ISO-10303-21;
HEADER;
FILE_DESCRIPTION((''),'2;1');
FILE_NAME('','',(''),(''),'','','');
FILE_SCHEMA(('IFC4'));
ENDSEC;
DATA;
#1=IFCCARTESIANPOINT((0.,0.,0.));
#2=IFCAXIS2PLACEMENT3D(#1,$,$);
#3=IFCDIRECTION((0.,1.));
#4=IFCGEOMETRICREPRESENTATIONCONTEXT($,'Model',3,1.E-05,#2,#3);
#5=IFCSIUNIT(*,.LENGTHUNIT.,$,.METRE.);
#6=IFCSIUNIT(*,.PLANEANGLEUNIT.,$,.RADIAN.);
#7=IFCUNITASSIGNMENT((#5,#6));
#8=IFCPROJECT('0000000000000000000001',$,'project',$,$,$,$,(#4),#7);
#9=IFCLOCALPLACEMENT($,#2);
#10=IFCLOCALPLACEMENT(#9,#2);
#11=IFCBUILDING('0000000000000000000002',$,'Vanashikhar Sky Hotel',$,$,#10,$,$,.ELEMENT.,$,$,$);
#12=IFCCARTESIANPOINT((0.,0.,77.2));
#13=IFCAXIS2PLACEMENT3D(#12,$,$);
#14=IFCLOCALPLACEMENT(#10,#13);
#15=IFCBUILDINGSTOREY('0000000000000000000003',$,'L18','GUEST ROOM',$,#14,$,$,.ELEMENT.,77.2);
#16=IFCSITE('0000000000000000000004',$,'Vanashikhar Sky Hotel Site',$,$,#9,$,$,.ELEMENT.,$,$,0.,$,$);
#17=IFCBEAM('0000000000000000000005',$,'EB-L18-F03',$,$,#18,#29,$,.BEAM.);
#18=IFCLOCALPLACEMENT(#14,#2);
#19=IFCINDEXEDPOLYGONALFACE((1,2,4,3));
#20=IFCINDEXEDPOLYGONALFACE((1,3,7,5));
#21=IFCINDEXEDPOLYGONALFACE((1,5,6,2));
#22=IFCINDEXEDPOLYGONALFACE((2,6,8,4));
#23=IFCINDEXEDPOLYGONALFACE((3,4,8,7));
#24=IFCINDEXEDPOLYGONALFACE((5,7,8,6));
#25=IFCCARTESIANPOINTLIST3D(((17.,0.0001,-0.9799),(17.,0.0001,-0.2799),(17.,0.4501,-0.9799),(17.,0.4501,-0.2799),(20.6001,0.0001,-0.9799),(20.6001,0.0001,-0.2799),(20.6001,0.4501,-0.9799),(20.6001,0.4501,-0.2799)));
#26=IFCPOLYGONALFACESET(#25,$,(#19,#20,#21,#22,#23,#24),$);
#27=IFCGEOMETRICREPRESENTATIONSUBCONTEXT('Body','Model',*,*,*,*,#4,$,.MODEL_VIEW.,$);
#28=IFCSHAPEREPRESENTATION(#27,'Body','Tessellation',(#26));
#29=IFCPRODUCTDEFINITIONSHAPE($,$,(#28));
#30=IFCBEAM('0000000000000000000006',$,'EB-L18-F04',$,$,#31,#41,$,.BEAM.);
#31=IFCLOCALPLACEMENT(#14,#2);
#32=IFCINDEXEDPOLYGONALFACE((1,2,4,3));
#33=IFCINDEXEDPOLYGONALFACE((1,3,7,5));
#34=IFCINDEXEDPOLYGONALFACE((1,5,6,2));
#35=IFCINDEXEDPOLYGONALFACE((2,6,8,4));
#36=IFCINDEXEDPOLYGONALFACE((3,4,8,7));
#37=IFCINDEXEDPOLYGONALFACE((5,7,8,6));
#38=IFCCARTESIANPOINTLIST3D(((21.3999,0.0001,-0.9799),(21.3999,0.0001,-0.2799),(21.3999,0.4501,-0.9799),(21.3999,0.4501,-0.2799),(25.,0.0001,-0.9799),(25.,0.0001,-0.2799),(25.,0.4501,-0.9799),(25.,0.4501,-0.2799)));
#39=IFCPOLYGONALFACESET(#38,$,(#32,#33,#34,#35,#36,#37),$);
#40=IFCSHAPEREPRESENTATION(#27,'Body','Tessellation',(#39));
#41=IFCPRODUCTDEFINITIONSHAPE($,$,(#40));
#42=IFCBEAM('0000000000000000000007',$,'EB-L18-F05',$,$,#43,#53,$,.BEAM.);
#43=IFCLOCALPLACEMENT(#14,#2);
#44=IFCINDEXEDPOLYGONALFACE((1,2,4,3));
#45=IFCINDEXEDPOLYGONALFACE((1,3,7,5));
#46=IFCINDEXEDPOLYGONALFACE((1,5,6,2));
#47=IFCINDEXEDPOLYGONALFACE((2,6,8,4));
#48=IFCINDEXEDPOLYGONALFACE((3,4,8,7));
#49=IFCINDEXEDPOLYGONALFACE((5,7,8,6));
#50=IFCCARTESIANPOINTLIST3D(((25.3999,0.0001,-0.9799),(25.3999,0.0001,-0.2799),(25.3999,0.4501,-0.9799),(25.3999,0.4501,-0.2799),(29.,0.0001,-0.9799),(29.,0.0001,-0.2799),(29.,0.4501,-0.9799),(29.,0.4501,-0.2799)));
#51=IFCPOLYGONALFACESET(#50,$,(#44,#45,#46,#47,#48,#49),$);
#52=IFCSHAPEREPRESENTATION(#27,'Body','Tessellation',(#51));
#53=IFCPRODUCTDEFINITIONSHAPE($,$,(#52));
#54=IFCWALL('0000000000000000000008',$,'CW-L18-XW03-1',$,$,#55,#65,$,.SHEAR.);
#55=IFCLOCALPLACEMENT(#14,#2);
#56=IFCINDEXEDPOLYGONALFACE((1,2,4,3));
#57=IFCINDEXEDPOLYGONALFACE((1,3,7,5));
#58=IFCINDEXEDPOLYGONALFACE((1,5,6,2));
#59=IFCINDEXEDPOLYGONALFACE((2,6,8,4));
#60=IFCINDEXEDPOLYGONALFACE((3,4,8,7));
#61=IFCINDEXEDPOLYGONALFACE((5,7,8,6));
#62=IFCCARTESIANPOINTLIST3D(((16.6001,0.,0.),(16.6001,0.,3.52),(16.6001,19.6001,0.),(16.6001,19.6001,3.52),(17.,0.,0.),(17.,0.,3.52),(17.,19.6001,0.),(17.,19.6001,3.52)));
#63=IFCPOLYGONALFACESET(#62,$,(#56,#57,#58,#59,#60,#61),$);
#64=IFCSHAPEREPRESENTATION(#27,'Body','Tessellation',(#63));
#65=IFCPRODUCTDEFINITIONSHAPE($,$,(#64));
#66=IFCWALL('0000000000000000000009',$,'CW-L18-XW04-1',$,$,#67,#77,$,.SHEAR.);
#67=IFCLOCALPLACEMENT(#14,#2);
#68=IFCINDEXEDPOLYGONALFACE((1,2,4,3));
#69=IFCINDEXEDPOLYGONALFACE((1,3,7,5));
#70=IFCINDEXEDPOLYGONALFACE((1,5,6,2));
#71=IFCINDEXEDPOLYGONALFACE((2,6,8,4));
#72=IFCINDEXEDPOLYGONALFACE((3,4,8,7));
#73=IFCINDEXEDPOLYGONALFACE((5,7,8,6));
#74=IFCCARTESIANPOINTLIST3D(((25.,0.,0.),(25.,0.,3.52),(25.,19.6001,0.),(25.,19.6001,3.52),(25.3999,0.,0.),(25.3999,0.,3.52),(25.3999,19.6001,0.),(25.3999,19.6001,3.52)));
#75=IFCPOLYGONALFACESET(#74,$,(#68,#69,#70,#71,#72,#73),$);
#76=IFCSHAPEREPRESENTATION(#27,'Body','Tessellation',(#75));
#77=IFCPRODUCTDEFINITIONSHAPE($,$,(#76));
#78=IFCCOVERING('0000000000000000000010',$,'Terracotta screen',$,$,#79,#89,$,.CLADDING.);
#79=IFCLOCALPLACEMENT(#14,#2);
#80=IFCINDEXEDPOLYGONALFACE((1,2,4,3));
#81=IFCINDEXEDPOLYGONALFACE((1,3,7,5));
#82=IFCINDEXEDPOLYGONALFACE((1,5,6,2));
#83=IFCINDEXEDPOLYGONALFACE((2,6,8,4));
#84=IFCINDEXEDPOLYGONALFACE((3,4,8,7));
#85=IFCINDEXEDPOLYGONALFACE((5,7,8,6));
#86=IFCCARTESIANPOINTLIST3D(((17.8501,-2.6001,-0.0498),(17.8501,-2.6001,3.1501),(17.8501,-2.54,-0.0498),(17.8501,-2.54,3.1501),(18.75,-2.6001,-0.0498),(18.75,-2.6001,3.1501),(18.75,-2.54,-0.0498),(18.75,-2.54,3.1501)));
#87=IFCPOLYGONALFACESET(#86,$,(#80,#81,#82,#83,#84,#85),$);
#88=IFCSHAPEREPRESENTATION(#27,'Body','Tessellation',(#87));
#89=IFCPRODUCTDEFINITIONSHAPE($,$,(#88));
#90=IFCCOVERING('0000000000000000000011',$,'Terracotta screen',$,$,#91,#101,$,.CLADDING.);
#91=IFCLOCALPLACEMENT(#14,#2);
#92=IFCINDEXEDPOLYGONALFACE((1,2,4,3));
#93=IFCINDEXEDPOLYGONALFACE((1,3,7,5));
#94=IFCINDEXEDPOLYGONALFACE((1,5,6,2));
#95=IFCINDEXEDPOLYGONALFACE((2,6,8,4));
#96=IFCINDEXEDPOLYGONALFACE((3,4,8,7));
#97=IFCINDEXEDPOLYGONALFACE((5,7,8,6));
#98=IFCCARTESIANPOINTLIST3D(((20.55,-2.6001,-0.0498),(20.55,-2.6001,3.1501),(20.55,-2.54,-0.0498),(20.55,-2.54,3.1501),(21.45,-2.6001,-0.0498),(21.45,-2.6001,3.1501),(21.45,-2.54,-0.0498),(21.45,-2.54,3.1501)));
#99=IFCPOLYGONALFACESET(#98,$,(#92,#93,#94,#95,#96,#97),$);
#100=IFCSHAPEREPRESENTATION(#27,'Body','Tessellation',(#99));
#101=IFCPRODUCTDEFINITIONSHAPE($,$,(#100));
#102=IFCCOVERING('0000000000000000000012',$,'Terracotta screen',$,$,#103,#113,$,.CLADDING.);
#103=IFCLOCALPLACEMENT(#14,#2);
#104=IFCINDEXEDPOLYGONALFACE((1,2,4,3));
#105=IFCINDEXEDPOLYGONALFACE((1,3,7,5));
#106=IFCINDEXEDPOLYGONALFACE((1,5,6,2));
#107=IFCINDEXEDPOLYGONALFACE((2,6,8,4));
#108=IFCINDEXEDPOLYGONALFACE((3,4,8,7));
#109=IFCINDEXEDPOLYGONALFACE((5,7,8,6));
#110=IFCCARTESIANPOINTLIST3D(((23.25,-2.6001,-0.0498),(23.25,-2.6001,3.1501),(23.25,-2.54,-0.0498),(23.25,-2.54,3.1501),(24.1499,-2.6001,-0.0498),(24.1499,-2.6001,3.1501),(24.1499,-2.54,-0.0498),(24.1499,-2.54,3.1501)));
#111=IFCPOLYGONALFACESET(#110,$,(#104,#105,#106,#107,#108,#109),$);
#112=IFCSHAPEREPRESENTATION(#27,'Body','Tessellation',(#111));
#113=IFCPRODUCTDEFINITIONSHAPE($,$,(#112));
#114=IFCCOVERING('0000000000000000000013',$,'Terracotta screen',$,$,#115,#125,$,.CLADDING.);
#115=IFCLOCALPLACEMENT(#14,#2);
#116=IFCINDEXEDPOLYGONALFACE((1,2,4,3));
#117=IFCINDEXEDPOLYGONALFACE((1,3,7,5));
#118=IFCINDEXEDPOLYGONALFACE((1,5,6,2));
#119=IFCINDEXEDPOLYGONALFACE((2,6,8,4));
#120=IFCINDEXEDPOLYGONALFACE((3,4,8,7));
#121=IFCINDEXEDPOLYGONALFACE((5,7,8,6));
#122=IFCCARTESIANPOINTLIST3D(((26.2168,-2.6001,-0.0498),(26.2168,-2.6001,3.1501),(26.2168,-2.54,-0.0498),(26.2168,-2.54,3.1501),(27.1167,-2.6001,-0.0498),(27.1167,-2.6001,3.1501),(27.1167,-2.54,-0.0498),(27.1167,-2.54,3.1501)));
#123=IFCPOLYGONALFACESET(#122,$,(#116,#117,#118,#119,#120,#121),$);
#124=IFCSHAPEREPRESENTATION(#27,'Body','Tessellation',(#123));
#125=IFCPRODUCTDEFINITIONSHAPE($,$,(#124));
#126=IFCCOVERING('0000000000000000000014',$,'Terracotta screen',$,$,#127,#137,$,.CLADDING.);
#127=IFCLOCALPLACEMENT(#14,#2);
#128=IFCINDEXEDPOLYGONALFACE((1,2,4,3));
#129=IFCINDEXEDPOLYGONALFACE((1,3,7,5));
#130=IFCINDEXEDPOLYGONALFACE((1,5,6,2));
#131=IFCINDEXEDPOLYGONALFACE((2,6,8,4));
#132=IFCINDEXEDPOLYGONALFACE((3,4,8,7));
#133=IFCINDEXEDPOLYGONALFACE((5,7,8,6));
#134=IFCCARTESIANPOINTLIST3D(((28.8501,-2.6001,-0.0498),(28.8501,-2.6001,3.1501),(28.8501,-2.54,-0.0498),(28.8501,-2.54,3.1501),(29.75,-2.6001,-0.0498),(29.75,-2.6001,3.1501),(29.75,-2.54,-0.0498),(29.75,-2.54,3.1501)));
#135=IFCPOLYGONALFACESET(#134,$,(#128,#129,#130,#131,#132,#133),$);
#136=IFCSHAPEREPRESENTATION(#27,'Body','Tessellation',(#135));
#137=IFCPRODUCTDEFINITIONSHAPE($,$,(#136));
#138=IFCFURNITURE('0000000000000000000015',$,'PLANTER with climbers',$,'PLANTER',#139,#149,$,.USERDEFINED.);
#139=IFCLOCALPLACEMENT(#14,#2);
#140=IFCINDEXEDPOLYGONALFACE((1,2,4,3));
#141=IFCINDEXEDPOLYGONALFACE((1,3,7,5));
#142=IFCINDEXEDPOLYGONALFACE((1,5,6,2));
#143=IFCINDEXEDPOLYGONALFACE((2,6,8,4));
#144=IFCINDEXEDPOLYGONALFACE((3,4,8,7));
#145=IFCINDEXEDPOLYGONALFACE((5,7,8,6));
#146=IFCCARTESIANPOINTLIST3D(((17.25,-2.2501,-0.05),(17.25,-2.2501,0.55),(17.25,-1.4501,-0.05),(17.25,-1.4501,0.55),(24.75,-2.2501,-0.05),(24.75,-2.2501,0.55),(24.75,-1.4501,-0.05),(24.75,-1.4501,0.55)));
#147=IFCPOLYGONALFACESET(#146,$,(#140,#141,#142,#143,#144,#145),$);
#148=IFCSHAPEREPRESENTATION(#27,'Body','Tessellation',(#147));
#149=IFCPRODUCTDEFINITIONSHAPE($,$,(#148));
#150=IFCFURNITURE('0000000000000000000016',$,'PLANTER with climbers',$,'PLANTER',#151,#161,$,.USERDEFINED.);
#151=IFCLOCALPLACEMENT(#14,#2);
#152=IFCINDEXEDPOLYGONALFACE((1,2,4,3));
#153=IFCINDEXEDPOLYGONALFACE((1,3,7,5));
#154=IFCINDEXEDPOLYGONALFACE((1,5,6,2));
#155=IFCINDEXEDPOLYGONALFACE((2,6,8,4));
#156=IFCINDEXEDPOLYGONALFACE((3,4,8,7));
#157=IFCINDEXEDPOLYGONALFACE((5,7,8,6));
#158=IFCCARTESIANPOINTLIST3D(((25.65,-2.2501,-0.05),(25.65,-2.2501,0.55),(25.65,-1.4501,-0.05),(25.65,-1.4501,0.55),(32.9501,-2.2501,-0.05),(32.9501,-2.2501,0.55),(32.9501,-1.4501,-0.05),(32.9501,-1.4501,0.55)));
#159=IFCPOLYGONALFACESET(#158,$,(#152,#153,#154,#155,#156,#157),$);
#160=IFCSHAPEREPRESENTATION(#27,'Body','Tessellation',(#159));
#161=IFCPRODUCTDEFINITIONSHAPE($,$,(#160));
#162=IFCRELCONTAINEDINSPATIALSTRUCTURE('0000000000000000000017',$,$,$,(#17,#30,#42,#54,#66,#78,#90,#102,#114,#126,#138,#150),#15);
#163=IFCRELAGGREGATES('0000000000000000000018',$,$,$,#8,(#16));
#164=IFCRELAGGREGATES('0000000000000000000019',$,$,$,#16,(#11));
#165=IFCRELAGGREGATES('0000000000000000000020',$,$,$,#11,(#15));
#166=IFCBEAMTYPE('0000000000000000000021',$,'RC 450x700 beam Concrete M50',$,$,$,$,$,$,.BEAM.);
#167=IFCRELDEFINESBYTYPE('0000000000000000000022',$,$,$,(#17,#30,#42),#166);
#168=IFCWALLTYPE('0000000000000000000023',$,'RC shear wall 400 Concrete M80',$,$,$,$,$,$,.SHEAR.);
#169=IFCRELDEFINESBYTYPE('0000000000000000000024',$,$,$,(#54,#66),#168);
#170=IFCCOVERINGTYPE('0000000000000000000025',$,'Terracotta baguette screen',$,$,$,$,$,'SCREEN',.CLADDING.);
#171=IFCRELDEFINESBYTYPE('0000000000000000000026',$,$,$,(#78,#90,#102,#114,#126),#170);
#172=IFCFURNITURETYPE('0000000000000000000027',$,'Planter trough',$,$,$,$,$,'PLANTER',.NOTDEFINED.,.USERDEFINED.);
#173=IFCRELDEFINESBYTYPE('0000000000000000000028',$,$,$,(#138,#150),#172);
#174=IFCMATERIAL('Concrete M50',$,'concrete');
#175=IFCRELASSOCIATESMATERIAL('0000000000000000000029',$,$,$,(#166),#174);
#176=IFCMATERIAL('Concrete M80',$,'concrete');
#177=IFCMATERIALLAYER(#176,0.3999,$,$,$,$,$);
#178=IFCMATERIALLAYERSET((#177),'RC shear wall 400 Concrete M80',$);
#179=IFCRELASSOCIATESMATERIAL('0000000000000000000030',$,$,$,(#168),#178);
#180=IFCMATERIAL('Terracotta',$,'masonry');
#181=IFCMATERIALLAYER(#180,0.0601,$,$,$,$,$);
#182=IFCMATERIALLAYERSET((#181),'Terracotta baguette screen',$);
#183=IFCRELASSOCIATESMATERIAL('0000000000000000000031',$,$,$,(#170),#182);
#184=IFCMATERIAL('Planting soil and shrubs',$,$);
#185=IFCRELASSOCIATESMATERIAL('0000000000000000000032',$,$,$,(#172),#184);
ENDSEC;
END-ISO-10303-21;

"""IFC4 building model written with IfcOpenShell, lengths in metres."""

from ifc_helpers import new_model, si_unit, direction, frame, frame_2d, origin, origin_2d, place, context, subcontext, project, spatial, rectangle, extrude, source, transform, mapped, material, layer, layer_set, material_profile, profile_set, type_object, element, save


model = new_model("IFC4")

# Units and contexts
model_context = context("Model", 3, precision=1e-05, world=origin(), true_north=direction((0.0, 1.0)))
body_context = subcontext(model_context, "Body", "Model", "MODEL_VIEW")
ifc_project = project(units=[si_unit("LENGTHUNIT", "METRE"), si_unit("PLANEANGLEUNIT", "RADIAN")], contexts=[model_context])

# Site, building, storey
site_placement = place(None, origin())
site = spatial("IfcSite", under=ifc_project, at=site_placement, Name="Vanashikhar Sky Hotel Site", CompositionType="ELEMENT", RefElevation=0.0)
building_placement = place(site_placement, origin())
building = spatial("IfcBuilding", under=site, at=building_placement, Name="Vanashikhar Sky Hotel", CompositionType="ELEMENT")
storey_placement = place(building_placement, frame((0.0, 0.0, 77.2)))
storey = spatial("IfcBuildingStorey", under=building, at=storey_placement, Name="L18", Description="GUEST ROOM", CompositionType="ELEMENT", Elevation=77.2)

# Beams
ifc_material_1 = material(Name="Concrete M50", Category="concrete")
ifc_material_profile = material_profile(ifc_material_1, rectangle(XDim=0.45, YDim=0.7, at=origin_2d()))
ifc_profile_set = profile_set([ifc_material_profile], Name="RC 450x700 beam Concrete M50")
beam_type = type_object("IfcBeamType", Name="RC 450x700 beam Concrete M50", PredefinedType="BEAM", material=ifc_profile_set)
shared_shape_1 = source(origin(), body_context, "Body", "SweptSolid", [
    extrude(rectangle(XDim=0.45, YDim=0.7, at=origin_2d()), origin(), (0.0, 0.0, 1.0), 3.6001),
])
for number, where, z_axis, x_axis, name in (
    (1, (17.0, 0.2251, -0.6299), (1.0, 0.0, 0.0), (0.0, 1.0, 0.0), "EB-L18-F03"),
    (2, (21.3999, 0.2251, -0.6299), (1.0, 0.0, 0.0), (0.0, 1.0, 0.0), "EB-L18-F04"),
    (3, (25.3999, 0.2251, -0.6299), (1.0, 0.0, 0.0), (0.0, 1.0, 0.0), "EB-L18-F05"),
):
    element("IfcBeam", number, at=place(storey_placement, frame(where, z_axis=z_axis, x_axis=x_axis)), inside=storey, type_object=beam_type, Name=name, PredefinedType="BEAM", context=body_context, shape_type="MappedRepresentation", body=[
        mapped(shared_shape_1, transform((0.0, 0.0, 0.0), scale=1.0)),
    ])

# Walls
ifc_material_2 = material(Name="Concrete M80", Category="concrete")
ifc_layer_1 = layer(ifc_material_2, 0.3999)
ifc_layer_set_1 = layer_set([ifc_layer_1], Name="RC shear wall 400 Concrete M80")
wall_type = type_object("IfcWallType", Name="RC shear wall 400 Concrete M80", PredefinedType="SHEAR", material=ifc_layer_set_1)
shared_shape_2 = source(origin(), body_context, "Body", "SweptSolid", [
    extrude(rectangle(XDim=19.6001, YDim=0.3999, at=frame_2d((9.8, 0.0))), origin(), (0.0, 0.0, 1.0), 3.52),
])
for number, where, z_axis, x_axis, name in (
    (4, (16.8, 0.0, 0.0), (0.0, 0.0, 1.0), (0.0, 1.0, 0.0), "CW-L18-XW03-1"),
    (5, (25.2, 0.0, 0.0), (0.0, 0.0, 1.0), (0.0, 1.0, 0.0), "CW-L18-XW04-1"),
):
    element("IfcWall", number, at=place(storey_placement, frame(where, z_axis=z_axis, x_axis=x_axis)), inside=storey, type_object=wall_type, Name=name, PredefinedType="SHEAR", context=body_context, shape_type="MappedRepresentation", body=[
        mapped(shared_shape_2, transform((0.0, 0.0, 0.0), scale=1.0)),
    ])

# Coverings
ifc_material_3 = material(Name="Terracotta", Category="masonry")
ifc_layer_2 = layer(ifc_material_3, 0.0601)
ifc_layer_set_2 = layer_set([ifc_layer_2], Name="Terracotta baguette screen")
covering_type = type_object("IfcCoveringType", Name="Terracotta baguette screen", ElementType="SCREEN", PredefinedType="CLADDING", material=ifc_layer_set_2)
shared_shape_3 = source(origin(), body_context, "Body", "SweptSolid", [
    extrude(rectangle(XDim=0.8999, YDim=0.0601, at=origin_2d()), origin(), (0.0, 0.0, 1.0), 3.2),
])
for number, where, z_axis, x_axis, name in (
    (6, (18.3, -2.5701, -0.0498), (0.0, 0.0, 1.0), (1.0, 0.0, 0.0), "Terracotta screen"),
    (7, (21.0, -2.5701, -0.0498), (0.0, 0.0, 1.0), (1.0, 0.0, 0.0), "Terracotta screen"),
    (8, (23.7, -2.5701, -0.0498), (0.0, 0.0, 1.0), (1.0, 0.0, 0.0), "Terracotta screen"),
    (9, (26.6667, -2.5701, -0.0498), (0.0, 0.0, 1.0), (1.0, 0.0, 0.0), "Terracotta screen"),
    (10, (29.3, -2.5701, -0.0498), (0.0, 0.0, 1.0), (1.0, 0.0, 0.0), "Terracotta screen"),
):
    element("IfcCovering", number, at=place(storey_placement, frame(where, z_axis=z_axis, x_axis=x_axis)), inside=storey, type_object=covering_type, Name=name, PredefinedType="CLADDING", context=body_context, shape_type="MappedRepresentation", body=[
        mapped(shared_shape_3, transform((0.0, 0.0, 0.0), scale=1.0)),
    ])

# Furniture
ifc_material_4 = material(Name="Planting soil and shrubs")
furniture_type = type_object("IfcFurnitureType", Name="Planter trough", ElementType="PLANTER", AssemblyPlace="NOTDEFINED", PredefinedType="USERDEFINED", material=ifc_material_4)
shared_shape_4 = source(origin(), body_context, "Body", "SweptSolid", [
    extrude(rectangle(XDim=7.5, YDim=0.8, at=origin_2d()), origin(), (0.0, 0.0, 1.0), 0.6001),
])
furniture_1_placement = place(storey_placement, frame((21.0, -1.8501, -0.05), z_axis=(0.0, 0.0, 1.0), x_axis=(1.0, 0.0, 0.0)))
element("IfcFurniture", 11, at=furniture_1_placement, inside=storey, type_object=furniture_type, Name="PLANTER with climbers", ObjectType="PLANTER", PredefinedType="USERDEFINED", context=body_context, shape_type="MappedRepresentation", body=[
    mapped(shared_shape_4, transform((0.0, 0.0, 0.0), scale=1.0)),
])
shared_shape_5 = source(origin(), body_context, "Body", "SweptSolid", [
    extrude(rectangle(XDim=7.3, YDim=0.8, at=origin_2d()), origin(), (0.0, 0.0, 1.0), 0.6001),
])
furniture_2_placement = place(storey_placement, frame((29.3, -1.8501, -0.05), z_axis=(0.0, 0.0, 1.0), x_axis=(1.0, 0.0, 0.0)))
element("IfcFurniture", 12, at=furniture_2_placement, inside=storey, type_object=furniture_type, Name="PLANTER with climbers", ObjectType="PLANTER", PredefinedType="USERDEFINED", context=body_context, shape_type="MappedRepresentation", body=[
    mapped(shared_shape_5, transform((0.0, 0.0, 0.0), scale=1.0)),
])

save(model, "model.ifc")
